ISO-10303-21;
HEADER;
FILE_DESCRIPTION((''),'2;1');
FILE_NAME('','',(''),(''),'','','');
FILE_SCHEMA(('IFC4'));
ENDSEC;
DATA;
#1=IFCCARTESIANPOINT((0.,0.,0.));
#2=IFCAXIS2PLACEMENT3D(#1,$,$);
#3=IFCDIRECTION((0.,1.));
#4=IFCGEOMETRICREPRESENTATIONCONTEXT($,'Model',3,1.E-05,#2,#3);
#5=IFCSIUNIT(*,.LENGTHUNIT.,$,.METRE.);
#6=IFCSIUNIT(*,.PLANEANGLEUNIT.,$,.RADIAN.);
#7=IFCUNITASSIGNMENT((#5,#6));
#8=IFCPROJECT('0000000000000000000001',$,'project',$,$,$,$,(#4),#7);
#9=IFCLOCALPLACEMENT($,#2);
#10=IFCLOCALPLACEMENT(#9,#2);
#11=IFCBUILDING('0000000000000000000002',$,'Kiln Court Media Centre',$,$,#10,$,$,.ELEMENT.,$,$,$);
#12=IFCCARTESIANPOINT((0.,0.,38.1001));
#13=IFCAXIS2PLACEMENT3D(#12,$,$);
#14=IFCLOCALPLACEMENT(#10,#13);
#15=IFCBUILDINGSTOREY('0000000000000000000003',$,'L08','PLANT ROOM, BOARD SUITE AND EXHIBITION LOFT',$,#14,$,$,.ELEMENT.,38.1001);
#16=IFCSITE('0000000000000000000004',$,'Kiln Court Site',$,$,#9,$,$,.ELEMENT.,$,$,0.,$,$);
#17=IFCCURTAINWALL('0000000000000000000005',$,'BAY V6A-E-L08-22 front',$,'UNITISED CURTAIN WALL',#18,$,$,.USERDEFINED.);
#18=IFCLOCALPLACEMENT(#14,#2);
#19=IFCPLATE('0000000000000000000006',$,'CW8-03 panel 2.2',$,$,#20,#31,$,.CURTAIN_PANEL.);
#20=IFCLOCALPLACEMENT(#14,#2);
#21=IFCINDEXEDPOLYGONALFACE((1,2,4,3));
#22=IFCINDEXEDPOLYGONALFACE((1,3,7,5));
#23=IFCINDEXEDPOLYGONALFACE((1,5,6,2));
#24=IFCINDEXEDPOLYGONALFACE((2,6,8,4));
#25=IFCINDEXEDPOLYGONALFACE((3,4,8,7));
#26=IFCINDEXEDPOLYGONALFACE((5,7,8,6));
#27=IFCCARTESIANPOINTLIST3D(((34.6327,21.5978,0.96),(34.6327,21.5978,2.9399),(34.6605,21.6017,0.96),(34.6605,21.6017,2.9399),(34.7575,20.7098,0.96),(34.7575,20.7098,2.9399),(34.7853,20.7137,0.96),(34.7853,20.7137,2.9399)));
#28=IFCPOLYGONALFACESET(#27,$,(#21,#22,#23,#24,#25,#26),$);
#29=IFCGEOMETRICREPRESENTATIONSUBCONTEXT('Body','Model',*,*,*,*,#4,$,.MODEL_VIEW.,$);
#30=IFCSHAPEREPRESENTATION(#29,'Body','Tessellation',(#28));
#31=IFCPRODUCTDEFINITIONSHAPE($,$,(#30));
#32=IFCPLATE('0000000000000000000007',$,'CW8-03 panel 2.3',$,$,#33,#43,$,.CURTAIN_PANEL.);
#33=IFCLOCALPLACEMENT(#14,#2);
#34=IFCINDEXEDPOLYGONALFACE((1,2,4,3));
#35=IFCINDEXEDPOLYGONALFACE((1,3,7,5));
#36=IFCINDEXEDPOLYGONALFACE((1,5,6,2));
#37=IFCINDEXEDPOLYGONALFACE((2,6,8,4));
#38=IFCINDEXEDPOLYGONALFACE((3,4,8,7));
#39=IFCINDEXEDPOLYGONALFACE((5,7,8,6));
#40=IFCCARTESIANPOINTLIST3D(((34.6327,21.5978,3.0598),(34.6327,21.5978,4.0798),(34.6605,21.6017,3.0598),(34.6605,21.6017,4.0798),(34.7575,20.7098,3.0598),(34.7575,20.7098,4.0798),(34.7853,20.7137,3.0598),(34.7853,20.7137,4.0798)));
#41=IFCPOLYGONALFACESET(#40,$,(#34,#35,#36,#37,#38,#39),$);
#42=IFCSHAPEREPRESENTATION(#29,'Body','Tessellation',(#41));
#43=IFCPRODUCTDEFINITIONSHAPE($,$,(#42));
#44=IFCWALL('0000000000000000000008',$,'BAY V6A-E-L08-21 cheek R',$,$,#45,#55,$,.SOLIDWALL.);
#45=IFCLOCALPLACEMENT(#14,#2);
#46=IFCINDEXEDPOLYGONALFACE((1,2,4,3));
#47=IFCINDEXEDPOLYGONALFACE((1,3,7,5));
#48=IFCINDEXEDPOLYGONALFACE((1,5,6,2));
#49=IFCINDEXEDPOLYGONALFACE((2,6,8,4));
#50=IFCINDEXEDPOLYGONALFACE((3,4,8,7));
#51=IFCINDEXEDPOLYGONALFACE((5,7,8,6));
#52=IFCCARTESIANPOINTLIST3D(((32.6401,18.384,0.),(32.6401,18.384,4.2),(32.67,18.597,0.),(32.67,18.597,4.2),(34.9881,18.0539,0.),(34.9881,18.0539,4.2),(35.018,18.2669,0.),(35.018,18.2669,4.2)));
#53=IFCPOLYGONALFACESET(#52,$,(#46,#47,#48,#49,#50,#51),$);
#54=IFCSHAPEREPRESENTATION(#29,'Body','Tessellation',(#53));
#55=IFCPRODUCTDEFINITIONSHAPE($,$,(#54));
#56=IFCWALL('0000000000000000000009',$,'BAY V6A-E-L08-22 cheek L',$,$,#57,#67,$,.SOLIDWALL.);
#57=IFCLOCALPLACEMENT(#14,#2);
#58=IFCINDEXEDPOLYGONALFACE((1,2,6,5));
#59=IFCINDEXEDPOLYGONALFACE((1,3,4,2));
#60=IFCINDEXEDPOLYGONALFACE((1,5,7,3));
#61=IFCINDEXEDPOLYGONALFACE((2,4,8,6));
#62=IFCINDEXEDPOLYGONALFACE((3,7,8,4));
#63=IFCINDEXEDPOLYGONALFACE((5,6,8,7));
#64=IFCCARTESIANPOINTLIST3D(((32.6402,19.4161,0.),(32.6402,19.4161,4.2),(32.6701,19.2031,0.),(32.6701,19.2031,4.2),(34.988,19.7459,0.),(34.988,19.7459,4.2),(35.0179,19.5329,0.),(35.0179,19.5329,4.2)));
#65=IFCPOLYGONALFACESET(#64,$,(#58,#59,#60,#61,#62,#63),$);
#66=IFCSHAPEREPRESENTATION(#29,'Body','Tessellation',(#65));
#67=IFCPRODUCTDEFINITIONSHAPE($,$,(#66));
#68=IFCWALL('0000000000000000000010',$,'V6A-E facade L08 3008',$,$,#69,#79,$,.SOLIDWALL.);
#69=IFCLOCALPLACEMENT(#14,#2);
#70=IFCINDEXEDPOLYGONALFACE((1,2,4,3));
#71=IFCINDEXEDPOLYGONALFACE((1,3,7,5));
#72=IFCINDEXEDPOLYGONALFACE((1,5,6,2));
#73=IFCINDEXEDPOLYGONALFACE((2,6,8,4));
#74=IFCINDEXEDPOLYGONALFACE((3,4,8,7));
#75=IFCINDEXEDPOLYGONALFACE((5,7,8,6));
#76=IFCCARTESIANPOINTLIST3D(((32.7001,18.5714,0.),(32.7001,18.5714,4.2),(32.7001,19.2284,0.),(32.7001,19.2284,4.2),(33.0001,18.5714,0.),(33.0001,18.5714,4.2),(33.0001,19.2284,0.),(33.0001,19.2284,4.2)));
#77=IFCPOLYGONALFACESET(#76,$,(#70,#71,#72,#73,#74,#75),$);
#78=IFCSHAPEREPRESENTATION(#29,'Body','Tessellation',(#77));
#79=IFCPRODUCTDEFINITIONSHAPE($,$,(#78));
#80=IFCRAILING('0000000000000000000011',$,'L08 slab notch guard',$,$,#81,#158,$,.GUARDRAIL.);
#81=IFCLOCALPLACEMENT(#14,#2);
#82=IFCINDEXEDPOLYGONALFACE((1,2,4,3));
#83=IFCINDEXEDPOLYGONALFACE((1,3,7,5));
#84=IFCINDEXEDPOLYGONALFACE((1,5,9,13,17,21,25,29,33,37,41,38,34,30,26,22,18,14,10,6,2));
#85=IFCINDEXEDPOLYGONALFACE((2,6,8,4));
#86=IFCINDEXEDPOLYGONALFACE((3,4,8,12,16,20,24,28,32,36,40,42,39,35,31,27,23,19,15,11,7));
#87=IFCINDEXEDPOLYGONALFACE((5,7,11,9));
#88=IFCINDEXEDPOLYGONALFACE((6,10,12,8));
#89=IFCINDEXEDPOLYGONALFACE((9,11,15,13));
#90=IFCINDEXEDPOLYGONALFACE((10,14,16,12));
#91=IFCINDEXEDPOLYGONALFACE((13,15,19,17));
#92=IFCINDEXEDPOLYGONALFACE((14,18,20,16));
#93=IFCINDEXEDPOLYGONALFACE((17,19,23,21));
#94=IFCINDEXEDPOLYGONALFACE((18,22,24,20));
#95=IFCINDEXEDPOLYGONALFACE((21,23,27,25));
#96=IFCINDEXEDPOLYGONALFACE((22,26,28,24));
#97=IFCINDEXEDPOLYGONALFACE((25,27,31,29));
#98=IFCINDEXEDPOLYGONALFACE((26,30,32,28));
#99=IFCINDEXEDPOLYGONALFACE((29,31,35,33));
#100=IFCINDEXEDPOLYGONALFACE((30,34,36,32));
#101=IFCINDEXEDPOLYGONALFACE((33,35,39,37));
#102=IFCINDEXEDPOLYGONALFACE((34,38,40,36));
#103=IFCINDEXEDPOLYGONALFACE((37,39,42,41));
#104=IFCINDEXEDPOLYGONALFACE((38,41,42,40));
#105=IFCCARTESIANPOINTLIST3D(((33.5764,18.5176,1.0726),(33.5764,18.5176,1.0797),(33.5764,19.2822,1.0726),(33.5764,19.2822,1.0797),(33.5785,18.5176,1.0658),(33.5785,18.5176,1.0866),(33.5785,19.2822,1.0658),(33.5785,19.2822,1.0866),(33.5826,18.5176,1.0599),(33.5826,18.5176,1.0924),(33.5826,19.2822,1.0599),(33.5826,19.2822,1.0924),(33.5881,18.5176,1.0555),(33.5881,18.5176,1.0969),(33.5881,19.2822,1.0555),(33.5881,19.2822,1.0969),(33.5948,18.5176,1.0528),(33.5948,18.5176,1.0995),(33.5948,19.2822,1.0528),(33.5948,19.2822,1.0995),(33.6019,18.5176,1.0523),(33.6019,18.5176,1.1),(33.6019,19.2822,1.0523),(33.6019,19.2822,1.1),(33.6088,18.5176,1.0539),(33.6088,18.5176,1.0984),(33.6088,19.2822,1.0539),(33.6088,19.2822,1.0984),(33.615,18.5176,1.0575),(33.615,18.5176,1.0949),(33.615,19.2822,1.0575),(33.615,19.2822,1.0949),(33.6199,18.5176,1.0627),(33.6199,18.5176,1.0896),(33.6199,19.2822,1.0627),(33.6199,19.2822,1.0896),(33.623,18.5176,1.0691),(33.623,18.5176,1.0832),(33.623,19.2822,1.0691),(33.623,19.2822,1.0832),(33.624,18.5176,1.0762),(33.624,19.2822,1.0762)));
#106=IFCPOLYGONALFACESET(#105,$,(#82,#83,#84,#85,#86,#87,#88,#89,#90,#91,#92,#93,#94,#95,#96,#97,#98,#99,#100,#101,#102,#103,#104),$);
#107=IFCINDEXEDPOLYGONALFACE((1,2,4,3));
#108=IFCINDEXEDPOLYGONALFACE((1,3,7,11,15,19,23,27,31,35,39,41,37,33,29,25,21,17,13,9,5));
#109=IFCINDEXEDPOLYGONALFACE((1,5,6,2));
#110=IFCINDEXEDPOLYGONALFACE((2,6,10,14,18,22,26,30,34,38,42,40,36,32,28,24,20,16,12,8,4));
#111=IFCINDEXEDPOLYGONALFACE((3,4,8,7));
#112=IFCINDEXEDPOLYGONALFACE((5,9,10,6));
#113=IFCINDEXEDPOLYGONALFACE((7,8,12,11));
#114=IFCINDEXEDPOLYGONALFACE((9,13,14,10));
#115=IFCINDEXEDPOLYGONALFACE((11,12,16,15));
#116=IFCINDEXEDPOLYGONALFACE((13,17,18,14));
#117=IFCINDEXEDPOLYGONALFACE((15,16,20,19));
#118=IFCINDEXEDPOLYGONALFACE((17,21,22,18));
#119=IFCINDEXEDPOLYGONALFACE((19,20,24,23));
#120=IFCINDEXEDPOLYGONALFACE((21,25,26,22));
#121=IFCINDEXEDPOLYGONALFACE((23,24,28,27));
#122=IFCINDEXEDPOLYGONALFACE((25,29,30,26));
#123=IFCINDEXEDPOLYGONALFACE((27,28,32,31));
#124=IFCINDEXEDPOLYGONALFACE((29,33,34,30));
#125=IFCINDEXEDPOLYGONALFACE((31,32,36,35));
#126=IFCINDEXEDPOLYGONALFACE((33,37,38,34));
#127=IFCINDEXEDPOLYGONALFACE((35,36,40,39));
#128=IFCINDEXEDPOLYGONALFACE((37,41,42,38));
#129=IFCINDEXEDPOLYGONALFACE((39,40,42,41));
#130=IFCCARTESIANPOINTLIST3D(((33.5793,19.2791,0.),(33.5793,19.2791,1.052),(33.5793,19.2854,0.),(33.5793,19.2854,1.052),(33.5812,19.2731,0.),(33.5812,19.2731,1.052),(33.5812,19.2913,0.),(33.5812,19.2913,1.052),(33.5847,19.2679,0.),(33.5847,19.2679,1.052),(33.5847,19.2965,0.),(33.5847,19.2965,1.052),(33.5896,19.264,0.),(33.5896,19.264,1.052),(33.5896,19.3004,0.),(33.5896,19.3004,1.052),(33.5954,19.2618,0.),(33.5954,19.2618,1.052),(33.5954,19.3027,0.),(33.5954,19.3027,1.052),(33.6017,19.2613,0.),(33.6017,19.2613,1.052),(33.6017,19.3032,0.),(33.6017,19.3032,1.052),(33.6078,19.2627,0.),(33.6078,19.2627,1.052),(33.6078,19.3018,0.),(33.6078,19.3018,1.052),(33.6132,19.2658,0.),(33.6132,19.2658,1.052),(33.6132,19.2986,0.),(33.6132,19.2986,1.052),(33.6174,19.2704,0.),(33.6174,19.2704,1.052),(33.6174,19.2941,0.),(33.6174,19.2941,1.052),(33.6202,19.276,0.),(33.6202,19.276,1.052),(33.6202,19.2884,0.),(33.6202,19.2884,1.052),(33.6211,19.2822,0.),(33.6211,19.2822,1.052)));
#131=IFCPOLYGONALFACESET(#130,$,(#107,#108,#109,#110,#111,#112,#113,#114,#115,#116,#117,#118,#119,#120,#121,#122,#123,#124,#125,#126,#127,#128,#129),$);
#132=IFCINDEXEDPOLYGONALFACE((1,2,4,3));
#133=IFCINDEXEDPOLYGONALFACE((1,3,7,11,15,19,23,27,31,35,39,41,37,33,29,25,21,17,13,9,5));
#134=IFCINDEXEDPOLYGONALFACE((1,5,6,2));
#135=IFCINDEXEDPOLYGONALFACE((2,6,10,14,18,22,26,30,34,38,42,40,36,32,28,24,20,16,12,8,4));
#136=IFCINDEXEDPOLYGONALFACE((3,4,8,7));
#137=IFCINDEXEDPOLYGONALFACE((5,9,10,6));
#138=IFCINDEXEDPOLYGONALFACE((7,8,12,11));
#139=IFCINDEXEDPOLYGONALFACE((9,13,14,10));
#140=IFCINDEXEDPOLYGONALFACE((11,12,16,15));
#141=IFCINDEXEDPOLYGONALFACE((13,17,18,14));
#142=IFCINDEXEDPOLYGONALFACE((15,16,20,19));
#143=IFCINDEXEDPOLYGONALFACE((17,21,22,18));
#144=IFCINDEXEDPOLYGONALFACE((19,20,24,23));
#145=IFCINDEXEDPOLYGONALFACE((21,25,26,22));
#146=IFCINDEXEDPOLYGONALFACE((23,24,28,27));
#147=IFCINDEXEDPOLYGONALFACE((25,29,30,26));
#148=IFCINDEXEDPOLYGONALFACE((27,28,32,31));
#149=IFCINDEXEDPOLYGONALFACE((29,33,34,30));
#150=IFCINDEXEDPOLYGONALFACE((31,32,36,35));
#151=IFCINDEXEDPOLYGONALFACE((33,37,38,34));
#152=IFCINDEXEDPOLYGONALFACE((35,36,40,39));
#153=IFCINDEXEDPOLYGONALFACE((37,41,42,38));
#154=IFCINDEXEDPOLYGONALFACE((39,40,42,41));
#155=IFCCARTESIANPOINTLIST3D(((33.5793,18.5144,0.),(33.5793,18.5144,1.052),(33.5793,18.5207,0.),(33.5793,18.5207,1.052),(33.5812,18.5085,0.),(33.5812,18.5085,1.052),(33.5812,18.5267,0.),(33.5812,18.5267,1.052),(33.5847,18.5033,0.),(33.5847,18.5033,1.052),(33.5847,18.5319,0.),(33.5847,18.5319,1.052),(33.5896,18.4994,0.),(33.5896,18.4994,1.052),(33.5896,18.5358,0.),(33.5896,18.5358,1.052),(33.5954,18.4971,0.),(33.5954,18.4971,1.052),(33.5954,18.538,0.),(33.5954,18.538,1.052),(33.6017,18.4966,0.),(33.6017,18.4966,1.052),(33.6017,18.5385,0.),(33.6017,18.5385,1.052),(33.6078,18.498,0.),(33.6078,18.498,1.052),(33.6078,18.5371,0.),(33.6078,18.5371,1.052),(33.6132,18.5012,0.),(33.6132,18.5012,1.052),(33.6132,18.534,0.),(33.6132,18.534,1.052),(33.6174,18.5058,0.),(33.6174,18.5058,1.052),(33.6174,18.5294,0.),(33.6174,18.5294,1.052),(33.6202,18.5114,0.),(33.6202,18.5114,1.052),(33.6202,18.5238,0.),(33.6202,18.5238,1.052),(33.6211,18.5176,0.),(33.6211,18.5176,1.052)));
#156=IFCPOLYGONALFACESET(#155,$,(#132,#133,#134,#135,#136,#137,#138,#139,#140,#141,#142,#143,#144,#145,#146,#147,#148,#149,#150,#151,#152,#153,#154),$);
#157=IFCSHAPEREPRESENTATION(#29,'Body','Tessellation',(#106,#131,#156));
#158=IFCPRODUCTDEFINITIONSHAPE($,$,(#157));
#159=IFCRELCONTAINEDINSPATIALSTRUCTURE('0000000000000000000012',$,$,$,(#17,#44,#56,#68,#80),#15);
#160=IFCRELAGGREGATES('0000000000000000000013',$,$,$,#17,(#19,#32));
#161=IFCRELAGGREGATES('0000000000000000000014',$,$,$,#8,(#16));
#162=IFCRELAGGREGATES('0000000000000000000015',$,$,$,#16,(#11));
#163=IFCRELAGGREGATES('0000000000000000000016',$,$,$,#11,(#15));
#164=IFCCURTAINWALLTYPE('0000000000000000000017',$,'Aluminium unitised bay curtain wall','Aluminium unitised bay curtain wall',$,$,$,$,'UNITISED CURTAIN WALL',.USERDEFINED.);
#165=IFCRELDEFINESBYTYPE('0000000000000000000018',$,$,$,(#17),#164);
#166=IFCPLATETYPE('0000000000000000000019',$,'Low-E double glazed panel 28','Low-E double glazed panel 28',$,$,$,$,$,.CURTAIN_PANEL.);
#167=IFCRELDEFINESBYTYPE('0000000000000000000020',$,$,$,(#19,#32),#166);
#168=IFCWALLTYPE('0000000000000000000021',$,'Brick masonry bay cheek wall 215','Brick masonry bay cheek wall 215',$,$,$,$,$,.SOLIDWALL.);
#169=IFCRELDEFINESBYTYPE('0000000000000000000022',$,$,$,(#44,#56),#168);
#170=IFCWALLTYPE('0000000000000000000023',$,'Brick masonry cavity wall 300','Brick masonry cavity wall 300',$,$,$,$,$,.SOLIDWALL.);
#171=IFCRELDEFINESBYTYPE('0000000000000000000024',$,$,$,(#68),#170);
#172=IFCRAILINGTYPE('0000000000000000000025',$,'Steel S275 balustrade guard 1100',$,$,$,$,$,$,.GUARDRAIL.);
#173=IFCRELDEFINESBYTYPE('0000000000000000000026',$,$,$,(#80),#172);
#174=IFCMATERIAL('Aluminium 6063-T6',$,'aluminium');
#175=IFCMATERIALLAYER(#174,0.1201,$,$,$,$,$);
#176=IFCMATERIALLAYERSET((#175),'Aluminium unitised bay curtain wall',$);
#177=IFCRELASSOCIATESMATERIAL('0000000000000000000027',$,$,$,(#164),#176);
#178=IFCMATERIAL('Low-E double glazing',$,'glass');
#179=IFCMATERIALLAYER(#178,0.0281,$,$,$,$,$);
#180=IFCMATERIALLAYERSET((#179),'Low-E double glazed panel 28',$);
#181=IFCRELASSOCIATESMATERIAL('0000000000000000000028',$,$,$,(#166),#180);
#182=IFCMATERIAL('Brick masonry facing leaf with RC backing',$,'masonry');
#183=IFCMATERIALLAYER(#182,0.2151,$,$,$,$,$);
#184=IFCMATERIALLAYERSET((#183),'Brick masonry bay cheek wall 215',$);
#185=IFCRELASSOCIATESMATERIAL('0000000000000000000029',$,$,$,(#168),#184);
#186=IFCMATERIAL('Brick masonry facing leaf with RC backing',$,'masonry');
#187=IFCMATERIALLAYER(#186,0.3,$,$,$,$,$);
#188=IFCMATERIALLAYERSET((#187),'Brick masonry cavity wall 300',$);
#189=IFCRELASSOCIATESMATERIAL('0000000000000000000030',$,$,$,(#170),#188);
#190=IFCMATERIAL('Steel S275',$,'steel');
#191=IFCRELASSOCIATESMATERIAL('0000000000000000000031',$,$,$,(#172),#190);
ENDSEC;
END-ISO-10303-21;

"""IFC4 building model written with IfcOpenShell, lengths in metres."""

from ifc_helpers import new_model, si_unit, direction, frame, frame_2d, origin, origin_2d, place, context, subcontext, project, spatial, rectangle, circle, extrude, material, layer, layer_set, type_object, element, aggregate, save


model = new_model("IFC4")

# Units and contexts
model_context = context("Model", 3, precision=1e-05, world=origin(), true_north=direction((0.0, 1.0)))
body_context = subcontext(model_context, "Body", "Model", "MODEL_VIEW")
ifc_project = project(units=[si_unit("LENGTHUNIT", "METRE"), si_unit("PLANEANGLEUNIT", "RADIAN")], contexts=[model_context])

# Site, building, storey
site_placement = place(None, origin())
site = spatial("IfcSite", under=ifc_project, at=site_placement, Name="Kiln Court Site", CompositionType="ELEMENT", RefElevation=0.0)
building_placement = place(site_placement, origin())
building = spatial("IfcBuilding", under=site, at=building_placement, Name="Kiln Court Media Centre", CompositionType="ELEMENT")
storey_placement = place(building_placement, frame((0.0, 0.0, 38.1001)))
storey = spatial("IfcBuildingStorey", under=building, at=storey_placement, Name="L08", Description="PLANT ROOM, BOARD SUITE AND EXHIBITION LOFT", CompositionType="ELEMENT", Elevation=38.1001)

# Curtain wall
ifc_material_1 = material(Name="Aluminium 6063-T6", Category="aluminium")
ifc_layer_1 = layer(ifc_material_1, 0.1201)
ifc_layer_set_1 = layer_set([ifc_layer_1], Name="Aluminium unitised bay curtain wall")
curtain_wall_type = type_object("IfcCurtainWallType", Name="Aluminium unitised bay curtain wall", Description="Aluminium unitised bay curtain wall", ElementType="UNITISED CURTAIN WALL", PredefinedType="USERDEFINED", material=ifc_layer_set_1)
curtain_wall_1_placement = place(storey_placement, origin())
curtain_wall_1 = element("IfcCurtainWall", 1, at=curtain_wall_1_placement, inside=storey, type_object=curtain_wall_type, Name="BAY V6A-E-L08-22 front", ObjectType="UNITISED CURTAIN WALL", PredefinedType="USERDEFINED")

# Plates
ifc_material_2 = material(Name="Low-E double glazing", Category="glass")
ifc_layer_2 = layer(ifc_material_2, 0.0281)
ifc_layer_set_2 = layer_set([ifc_layer_2], Name="Low-E double glazed panel 28")
plate_type_1 = type_object("IfcPlateType", Name="Low-E double glazed panel 28", Description="Low-E double glazed panel 28", PredefinedType="CURTAIN_PANEL", material=ifc_layer_set_2)
plate_1_placement = place(storey_placement, frame((34.709, 21.1558, 0.96), z_axis=(0.0, 0.0, 1.0), x_axis=(-0.139162, 0.99027, 0.0)))
plate_1 = element("IfcPlate", 2, at=plate_1_placement, type_object=plate_type_1, Name="CW8-03 panel 2.2", PredefinedType="CURTAIN_PANEL", context=body_context, shape_type="SweptSolid", body=[
    extrude(rectangle(XDim=0.8967, YDim=0.0281, at=origin_2d()), origin(), (0.0, 0.0, 1.0), 1.98),
])
plate_2_placement = place(storey_placement, frame((34.709, 21.1558, 3.0598), z_axis=(0.0, 0.0, 1.0), x_axis=(-0.139162, 0.99027, 0.0)))
plate_2 = element("IfcPlate", 3, at=plate_2_placement, type_object=plate_type_1, Name="CW8-03 panel 2.3", PredefinedType="CURTAIN_PANEL", context=body_context, shape_type="SweptSolid", body=[
    extrude(rectangle(XDim=0.8967, YDim=0.0281, at=origin_2d()), origin(), (0.0, 0.0, 1.0), 1.02),
])
aggregate(curtain_wall_1, [plate_1, plate_2])

# Walls
ifc_material_3 = material(Name="Brick masonry facing leaf with RC backing", Category="masonry")
ifc_layer_3 = layer(ifc_material_3, 0.2151)
ifc_layer_set_3 = layer_set([ifc_layer_3], Name="Brick masonry bay cheek wall 215")
wall_type_1 = type_object("IfcWallType", Name="Brick masonry bay cheek wall 215", Description="Brick masonry bay cheek wall 215", PredefinedType="SOLIDWALL", material=ifc_layer_set_3)
wall_1_placement = place(storey_placement, frame((32.655, 18.4905, 0.0), z_axis=(0.0, 0.0, 1.0), x_axis=(0.990262, -0.139215, 0.0)))
element("IfcWall", 4, at=wall_1_placement, inside=storey, type_object=wall_type_1, Name="BAY V6A-E-L08-21 cheek R", PredefinedType="SOLIDWALL", context=body_context, shape_type="SweptSolid", body=[
    extrude(rectangle(XDim=2.3711, YDim=0.2151, at=frame_2d((1.1855, 0.0))), origin(), (0.0, 0.0, 1.0), 4.2),
])
wall_2_placement = place(storey_placement, frame((32.655, 19.3096, 0.0), z_axis=(0.0, 0.0, 1.0), x_axis=(0.990276, 0.139114, 0.0)))
element("IfcWall", 5, at=wall_2_placement, inside=storey, type_object=wall_type_1, Name="BAY V6A-E-L08-22 cheek L", PredefinedType="SOLIDWALL", context=body_context, shape_type="SweptSolid", body=[
    extrude(rectangle(XDim=2.3708, YDim=0.2151, at=frame_2d((1.1855, 0.0))), origin(), (0.0, 0.0, 1.0), 4.2),
])
ifc_material_4 = material(Name="Brick masonry facing leaf with RC backing", Category="masonry")
ifc_layer_4 = layer(ifc_material_4, 0.3)
ifc_layer_set_4 = layer_set([ifc_layer_4], Name="Brick masonry cavity wall 300")
wall_type_2 = type_object("IfcWallType", Name="Brick masonry cavity wall 300", Description="Brick masonry cavity wall 300", PredefinedType="SOLIDWALL", material=ifc_layer_set_4)
wall_3_placement = place(storey_placement, frame((32.8501, 19.2285, 0.0), z_axis=(0.0, 0.0, 1.0), x_axis=(0.0, -1.0, 0.0)))
element("IfcWall", 6, at=wall_3_placement, inside=storey, type_object=wall_type_2, Name="V6A-E facade L08 3008", PredefinedType="SOLIDWALL", context=body_context, shape_type="SweptSolid", body=[
    extrude(rectangle(XDim=0.657, YDim=0.3, at=frame_2d((0.3286, 0.0))), origin(), (0.0, 0.0, 1.0), 4.2),
])

# Railing
ifc_material_5 = material(Name="Steel S275", Category="steel")
railing_type = type_object("IfcRailingType", Name="Steel S275 balustrade guard 1100", PredefinedType="GUARDRAIL", material=ifc_material_5)
railing_placement = place(storey_placement, frame((33.6001, 19.2822, 0.0)))
element("IfcRailing", 7, at=railing_placement, inside=storey, type_object=railing_type, Name="L08 slab notch guard", PredefinedType="GUARDRAIL", context=body_context, shape_type="SweptSolid", body=[
    extrude(circle(Radius=0.0239, at=origin_2d()), frame((0.0, 0.0, 1.0762), z_axis=(0.0, -1.0, 0.0), x_axis=(1.0, 0.0, 0.0)), (0.0, 0.0, 1.0), 0.7646),
    extrude(circle(Radius=0.021, at=origin_2d()), origin(), (0.0, 0.0, 1.0), 1.052),
    extrude(circle(Radius=0.021, at=origin_2d()), frame((0.0, -0.7646, 0.0)), (0.0, 0.0, 1.0), 1.052),
])

save(model, "model.ifc")
